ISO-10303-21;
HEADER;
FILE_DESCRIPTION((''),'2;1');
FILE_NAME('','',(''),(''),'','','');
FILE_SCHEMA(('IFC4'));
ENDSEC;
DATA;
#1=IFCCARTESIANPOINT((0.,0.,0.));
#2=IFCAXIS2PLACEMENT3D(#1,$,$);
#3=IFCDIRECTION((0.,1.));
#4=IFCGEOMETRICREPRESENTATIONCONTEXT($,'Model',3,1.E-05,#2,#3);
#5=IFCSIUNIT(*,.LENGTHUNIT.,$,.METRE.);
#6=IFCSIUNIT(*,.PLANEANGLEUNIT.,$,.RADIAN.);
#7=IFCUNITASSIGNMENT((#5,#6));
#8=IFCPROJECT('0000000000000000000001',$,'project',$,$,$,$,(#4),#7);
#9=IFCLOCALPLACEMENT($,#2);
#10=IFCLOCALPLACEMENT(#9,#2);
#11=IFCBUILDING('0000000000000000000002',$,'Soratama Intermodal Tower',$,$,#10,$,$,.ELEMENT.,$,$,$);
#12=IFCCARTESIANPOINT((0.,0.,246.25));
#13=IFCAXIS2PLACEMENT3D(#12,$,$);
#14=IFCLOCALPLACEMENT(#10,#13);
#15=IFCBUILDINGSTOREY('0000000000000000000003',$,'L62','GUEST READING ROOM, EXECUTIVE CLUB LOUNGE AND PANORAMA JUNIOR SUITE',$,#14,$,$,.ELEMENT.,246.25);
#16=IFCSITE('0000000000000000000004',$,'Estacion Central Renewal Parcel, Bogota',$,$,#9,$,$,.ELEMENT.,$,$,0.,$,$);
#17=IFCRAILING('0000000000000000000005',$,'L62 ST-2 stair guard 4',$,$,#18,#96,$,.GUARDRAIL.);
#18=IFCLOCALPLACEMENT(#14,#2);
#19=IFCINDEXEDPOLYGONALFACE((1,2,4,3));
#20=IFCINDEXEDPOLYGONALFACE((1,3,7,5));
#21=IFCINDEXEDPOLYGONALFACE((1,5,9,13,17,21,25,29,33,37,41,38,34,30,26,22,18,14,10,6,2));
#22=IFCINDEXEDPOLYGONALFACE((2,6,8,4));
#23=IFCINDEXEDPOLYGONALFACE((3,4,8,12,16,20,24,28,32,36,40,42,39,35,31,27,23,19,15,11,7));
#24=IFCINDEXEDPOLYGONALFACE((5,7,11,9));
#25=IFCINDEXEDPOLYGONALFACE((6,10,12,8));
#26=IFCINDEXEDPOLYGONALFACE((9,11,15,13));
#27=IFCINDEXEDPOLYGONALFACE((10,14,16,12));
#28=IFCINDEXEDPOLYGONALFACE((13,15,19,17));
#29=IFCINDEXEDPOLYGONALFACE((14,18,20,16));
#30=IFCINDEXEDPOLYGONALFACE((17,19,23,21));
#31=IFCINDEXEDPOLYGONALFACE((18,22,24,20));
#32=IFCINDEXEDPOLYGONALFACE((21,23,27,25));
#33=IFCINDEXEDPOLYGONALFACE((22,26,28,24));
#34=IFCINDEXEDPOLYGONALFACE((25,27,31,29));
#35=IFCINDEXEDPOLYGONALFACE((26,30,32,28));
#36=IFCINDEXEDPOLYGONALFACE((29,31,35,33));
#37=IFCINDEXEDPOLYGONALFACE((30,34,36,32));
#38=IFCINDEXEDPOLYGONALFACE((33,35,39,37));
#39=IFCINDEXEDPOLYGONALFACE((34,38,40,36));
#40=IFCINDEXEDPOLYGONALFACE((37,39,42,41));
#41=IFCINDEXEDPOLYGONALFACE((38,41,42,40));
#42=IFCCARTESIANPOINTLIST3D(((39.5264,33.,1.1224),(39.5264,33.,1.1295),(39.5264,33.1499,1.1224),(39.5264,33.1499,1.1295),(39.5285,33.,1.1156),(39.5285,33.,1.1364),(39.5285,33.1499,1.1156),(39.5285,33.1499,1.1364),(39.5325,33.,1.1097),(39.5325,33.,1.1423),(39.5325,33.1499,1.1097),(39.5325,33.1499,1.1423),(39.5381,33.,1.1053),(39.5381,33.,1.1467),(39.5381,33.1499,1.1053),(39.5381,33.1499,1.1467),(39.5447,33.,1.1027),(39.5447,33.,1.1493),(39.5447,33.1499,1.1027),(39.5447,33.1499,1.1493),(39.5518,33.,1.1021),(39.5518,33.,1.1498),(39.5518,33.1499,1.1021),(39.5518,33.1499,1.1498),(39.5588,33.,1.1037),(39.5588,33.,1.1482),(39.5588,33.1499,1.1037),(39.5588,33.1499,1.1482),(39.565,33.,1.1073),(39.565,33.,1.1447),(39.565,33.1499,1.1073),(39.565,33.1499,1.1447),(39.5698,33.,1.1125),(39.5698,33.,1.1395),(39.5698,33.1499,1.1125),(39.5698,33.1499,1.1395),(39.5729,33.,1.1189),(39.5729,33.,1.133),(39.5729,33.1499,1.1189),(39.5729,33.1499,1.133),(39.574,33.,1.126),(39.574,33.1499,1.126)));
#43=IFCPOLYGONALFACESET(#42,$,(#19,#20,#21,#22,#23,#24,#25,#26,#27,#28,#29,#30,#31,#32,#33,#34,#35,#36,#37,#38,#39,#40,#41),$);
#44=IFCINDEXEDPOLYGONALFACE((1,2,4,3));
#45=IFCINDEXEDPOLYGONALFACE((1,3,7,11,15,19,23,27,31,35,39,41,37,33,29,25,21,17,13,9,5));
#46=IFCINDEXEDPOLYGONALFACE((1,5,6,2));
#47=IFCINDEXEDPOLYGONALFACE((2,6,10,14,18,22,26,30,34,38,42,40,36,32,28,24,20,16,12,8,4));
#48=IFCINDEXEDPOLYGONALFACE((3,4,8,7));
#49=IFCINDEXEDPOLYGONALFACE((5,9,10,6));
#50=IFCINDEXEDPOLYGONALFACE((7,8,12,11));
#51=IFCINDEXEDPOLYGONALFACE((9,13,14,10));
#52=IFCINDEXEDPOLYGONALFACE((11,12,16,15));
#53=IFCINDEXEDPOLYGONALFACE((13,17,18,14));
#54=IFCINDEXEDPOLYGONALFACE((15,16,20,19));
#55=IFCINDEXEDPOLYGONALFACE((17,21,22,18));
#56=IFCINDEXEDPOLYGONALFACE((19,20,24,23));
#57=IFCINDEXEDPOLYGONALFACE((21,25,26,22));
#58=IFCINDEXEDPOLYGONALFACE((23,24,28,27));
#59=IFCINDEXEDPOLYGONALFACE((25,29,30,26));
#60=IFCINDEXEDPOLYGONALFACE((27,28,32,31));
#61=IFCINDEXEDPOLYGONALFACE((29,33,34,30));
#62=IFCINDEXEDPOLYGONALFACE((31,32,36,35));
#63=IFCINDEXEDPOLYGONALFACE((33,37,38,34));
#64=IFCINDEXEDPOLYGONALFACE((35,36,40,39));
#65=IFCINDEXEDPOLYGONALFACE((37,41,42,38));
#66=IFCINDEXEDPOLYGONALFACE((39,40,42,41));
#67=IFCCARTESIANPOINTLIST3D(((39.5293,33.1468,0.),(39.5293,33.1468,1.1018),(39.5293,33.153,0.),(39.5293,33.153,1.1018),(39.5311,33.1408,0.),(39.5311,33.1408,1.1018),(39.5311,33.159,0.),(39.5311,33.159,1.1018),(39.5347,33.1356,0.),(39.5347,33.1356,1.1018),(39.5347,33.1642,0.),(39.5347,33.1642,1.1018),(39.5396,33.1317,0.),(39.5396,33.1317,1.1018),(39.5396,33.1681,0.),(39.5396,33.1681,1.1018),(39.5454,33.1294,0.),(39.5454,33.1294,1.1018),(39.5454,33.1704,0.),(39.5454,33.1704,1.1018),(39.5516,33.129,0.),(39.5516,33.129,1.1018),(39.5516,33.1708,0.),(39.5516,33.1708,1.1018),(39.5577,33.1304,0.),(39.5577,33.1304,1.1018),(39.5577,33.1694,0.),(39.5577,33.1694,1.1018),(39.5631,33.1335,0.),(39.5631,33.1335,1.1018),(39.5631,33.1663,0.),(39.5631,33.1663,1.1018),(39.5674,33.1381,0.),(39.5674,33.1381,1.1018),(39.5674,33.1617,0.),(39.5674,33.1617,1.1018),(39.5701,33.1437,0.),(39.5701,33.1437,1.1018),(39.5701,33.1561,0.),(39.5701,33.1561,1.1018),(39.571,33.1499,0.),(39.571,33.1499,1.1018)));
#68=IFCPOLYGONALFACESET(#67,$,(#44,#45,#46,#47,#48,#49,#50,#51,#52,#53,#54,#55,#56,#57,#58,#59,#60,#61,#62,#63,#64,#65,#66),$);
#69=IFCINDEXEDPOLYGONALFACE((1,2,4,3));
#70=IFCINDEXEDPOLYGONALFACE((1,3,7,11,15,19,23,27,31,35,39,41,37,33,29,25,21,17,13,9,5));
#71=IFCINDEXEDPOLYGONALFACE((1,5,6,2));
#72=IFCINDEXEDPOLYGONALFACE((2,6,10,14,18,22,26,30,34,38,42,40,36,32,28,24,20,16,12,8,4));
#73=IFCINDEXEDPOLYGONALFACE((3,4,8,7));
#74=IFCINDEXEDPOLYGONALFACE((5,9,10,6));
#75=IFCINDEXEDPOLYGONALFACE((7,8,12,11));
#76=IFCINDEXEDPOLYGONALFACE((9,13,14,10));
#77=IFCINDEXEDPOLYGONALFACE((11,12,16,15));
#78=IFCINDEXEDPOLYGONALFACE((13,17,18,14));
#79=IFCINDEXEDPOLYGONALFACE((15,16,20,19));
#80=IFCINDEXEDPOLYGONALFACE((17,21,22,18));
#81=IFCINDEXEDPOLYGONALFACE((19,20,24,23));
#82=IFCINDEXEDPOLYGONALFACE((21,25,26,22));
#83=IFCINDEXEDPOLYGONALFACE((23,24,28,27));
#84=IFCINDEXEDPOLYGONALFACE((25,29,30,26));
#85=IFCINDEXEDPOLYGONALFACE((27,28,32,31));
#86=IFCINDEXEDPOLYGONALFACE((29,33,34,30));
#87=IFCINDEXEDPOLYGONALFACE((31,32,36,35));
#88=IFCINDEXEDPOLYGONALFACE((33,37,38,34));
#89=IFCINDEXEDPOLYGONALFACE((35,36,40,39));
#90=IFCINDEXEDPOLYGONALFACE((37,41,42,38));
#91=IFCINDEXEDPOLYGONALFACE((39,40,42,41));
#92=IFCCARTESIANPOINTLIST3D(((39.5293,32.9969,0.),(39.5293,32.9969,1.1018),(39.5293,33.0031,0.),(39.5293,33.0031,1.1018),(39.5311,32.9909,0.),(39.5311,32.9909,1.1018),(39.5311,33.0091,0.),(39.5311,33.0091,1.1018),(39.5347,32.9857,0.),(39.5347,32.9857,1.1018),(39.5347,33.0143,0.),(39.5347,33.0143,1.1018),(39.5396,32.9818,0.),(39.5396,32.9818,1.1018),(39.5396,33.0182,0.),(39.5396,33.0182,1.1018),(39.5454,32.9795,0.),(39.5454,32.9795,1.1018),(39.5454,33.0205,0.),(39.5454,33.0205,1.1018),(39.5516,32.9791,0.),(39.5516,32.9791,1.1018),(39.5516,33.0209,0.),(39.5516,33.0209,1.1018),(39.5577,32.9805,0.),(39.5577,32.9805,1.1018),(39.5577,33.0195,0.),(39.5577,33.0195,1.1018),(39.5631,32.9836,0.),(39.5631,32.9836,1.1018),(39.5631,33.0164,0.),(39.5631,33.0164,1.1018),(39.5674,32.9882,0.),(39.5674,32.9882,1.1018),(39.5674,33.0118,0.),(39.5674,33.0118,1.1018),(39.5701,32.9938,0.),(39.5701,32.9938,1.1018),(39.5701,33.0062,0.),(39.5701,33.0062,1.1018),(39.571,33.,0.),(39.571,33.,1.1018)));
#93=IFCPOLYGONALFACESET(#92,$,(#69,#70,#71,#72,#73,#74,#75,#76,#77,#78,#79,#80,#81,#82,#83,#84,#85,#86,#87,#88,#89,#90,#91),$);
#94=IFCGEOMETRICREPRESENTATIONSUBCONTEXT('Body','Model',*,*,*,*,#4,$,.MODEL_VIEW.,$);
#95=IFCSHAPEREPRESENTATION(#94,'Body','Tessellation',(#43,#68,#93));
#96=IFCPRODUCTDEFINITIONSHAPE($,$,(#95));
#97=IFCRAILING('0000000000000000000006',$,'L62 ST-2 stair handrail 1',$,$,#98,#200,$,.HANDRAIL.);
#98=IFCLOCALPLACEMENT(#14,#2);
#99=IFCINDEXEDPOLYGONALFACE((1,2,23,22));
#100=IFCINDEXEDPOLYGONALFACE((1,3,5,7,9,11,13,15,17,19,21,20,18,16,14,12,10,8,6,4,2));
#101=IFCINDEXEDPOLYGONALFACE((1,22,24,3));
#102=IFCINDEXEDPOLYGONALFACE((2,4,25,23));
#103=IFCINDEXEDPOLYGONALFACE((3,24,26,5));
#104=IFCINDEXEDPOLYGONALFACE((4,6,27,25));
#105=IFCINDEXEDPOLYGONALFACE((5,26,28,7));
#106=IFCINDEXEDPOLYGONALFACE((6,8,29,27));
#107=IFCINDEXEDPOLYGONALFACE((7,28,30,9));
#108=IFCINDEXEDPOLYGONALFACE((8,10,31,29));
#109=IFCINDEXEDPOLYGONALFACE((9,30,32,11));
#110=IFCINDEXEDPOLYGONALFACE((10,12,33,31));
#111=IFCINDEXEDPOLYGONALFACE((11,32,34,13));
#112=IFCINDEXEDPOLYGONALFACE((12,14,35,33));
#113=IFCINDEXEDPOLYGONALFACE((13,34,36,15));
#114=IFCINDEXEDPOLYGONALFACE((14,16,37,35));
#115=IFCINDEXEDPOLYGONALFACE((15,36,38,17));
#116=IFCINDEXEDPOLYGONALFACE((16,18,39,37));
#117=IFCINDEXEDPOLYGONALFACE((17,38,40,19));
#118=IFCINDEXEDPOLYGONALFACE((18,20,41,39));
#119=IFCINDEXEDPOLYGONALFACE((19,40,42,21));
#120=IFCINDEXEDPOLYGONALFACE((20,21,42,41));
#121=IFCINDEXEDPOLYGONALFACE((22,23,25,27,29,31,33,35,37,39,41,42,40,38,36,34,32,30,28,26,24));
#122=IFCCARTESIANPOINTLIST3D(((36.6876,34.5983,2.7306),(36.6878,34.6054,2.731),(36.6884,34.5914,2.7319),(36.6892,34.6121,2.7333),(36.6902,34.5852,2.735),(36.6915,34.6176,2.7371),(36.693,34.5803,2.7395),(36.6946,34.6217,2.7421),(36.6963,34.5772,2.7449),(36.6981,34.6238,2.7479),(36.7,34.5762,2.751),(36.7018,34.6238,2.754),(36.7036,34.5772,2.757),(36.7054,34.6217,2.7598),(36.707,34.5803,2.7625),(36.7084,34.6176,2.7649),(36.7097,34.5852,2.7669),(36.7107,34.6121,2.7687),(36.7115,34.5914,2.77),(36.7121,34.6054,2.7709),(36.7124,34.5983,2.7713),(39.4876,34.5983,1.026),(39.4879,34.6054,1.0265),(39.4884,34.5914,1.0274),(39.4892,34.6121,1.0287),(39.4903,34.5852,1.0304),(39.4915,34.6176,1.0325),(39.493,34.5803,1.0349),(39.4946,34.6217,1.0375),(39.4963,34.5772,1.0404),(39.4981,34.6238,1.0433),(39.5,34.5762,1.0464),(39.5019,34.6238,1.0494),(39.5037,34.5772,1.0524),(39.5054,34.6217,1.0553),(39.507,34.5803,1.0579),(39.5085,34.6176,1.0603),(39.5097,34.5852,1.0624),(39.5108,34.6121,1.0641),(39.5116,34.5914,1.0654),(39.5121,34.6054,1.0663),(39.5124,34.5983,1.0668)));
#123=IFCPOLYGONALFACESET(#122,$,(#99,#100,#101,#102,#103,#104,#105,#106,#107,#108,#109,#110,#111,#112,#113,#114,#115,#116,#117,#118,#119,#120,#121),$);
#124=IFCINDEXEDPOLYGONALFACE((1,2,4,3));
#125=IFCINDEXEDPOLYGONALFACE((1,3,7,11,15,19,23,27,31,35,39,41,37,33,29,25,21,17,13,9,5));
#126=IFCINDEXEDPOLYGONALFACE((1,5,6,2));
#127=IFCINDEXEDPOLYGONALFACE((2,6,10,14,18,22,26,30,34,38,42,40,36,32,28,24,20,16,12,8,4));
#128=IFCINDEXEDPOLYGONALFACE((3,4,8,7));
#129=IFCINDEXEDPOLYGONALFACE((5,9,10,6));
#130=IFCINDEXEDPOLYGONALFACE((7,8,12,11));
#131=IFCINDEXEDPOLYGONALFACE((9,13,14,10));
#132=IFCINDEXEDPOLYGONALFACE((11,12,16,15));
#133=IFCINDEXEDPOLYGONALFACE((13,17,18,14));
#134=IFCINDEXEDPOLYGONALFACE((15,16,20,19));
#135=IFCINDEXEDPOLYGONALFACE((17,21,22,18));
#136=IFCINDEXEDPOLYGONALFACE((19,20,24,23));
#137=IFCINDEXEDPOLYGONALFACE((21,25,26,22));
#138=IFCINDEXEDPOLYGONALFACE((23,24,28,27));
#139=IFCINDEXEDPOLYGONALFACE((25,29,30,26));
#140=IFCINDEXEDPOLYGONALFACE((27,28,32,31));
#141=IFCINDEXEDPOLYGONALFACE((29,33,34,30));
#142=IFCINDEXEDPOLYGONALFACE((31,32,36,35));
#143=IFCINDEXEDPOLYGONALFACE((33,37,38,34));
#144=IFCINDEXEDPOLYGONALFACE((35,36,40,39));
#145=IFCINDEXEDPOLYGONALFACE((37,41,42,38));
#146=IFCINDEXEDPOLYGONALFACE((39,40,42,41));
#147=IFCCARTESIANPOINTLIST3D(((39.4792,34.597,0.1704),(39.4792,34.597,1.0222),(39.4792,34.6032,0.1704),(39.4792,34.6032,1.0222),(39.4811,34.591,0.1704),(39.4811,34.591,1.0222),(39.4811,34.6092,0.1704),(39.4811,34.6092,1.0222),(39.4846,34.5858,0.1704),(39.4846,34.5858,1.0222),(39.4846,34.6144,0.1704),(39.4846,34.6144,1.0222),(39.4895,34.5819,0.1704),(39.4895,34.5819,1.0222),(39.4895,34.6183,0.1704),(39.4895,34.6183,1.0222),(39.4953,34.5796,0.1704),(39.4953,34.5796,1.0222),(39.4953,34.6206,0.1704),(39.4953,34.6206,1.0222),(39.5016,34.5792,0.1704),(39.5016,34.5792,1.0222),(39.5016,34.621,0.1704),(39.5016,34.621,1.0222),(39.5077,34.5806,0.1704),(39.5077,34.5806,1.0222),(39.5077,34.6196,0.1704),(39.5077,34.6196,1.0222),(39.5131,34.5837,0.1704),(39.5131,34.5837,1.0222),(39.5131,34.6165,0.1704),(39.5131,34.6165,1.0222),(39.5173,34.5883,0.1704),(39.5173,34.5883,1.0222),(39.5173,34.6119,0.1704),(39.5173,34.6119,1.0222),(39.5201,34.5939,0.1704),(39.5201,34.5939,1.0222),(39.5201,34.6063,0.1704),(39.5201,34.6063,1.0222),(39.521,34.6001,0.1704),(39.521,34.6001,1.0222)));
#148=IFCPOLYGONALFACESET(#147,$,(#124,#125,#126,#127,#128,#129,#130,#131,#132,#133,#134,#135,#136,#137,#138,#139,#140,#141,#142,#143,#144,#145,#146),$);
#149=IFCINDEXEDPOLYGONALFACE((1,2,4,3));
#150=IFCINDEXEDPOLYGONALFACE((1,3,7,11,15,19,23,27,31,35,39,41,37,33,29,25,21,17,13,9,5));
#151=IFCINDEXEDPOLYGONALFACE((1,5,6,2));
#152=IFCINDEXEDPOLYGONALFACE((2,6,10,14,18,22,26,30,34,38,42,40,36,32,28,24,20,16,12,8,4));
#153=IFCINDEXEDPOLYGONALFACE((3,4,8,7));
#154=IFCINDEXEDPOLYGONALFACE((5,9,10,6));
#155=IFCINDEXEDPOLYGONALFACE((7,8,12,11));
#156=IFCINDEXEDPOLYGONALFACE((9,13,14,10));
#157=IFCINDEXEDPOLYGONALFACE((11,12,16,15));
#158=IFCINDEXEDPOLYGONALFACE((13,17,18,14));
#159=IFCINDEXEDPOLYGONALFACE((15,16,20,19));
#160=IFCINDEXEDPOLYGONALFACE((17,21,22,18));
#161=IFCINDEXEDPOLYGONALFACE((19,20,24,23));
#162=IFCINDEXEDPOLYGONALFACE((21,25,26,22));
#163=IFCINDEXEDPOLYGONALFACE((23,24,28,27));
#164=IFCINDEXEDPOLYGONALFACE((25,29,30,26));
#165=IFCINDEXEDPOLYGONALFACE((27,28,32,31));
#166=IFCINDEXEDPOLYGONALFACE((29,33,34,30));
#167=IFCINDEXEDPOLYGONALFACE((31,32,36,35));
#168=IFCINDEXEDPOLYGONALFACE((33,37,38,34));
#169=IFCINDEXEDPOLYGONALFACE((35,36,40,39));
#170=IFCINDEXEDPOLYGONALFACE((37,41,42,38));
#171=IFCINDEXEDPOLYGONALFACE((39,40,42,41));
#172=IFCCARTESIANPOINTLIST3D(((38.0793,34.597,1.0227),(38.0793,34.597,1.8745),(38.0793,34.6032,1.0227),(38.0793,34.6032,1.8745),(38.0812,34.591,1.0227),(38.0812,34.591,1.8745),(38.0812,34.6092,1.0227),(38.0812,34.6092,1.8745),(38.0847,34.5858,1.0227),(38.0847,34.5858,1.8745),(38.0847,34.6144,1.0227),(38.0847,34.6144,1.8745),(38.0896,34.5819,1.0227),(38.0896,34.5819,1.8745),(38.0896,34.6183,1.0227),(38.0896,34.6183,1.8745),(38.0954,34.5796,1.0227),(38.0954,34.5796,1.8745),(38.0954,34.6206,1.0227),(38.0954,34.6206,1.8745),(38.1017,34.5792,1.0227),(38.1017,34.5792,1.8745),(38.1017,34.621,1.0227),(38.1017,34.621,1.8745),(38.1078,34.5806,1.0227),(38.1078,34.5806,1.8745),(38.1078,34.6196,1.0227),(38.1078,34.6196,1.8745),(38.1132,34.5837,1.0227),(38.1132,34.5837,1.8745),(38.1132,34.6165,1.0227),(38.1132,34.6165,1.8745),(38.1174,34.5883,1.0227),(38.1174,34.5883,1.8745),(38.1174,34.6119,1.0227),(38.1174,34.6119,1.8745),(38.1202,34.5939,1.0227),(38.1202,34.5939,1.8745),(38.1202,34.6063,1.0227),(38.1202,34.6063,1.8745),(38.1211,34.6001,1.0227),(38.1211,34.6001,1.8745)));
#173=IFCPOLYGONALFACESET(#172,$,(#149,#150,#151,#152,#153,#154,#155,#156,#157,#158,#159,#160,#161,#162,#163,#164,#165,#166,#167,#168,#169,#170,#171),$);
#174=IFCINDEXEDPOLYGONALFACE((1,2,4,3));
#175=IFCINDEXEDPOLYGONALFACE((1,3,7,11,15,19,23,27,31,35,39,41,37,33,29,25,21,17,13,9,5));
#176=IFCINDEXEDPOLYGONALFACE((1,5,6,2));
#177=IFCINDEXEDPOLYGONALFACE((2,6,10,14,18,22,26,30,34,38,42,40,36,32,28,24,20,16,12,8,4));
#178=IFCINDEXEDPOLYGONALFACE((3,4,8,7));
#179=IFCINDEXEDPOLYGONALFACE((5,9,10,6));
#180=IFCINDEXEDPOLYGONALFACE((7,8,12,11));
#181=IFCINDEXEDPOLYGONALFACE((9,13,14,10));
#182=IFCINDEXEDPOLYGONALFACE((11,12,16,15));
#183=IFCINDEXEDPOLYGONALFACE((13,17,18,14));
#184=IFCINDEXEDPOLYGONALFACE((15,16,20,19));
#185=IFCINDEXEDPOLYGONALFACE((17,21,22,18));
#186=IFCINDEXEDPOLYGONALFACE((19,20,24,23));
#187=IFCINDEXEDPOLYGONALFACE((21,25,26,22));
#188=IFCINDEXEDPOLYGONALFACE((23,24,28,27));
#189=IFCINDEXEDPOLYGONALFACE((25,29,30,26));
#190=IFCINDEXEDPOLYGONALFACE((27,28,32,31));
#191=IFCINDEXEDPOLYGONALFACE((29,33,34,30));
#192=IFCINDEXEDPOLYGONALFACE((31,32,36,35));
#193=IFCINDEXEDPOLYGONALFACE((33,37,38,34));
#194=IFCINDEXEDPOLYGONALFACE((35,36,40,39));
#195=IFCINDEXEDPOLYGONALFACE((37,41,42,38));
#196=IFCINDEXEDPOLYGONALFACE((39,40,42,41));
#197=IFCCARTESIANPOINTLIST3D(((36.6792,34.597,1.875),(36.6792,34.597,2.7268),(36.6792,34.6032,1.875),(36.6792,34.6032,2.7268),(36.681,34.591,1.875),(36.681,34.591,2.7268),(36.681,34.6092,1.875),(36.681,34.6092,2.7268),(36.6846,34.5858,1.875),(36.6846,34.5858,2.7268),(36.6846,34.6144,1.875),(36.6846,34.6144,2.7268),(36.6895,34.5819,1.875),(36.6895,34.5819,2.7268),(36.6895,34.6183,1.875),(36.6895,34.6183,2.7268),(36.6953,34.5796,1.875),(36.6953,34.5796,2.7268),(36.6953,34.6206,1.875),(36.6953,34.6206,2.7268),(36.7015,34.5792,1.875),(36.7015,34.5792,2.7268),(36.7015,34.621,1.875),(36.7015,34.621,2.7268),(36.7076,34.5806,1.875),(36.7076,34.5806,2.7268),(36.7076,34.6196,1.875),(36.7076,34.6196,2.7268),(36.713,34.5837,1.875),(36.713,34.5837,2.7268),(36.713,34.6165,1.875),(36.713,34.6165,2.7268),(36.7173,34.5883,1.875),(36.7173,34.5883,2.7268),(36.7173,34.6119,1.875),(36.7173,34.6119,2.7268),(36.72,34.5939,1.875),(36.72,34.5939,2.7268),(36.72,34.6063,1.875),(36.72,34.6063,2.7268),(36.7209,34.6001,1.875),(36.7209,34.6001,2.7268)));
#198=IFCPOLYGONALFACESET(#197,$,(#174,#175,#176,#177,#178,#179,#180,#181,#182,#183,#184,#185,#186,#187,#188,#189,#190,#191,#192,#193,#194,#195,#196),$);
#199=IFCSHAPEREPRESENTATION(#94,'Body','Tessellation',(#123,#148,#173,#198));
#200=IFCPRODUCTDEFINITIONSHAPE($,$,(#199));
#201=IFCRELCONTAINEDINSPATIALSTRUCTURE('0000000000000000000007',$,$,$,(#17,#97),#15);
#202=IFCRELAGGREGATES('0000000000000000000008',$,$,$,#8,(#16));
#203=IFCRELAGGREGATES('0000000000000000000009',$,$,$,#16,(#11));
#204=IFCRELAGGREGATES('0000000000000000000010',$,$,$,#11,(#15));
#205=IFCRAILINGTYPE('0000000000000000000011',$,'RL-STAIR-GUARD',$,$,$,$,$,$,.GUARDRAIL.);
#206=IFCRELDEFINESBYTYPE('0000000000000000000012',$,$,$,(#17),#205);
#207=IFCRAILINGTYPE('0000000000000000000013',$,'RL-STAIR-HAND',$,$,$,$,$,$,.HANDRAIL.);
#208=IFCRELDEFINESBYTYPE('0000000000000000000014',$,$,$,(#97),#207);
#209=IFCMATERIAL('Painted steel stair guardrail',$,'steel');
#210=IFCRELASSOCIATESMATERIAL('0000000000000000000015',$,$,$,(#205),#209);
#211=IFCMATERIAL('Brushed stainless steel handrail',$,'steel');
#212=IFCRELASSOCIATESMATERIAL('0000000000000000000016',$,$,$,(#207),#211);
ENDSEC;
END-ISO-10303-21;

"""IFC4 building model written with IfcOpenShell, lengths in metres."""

from ifc_helpers import new_model, si_unit, direction, frame, origin, origin_2d, place, context, subcontext, project, spatial, circle, extrude, material, type_object, element, save


model = new_model("IFC4")

# Units and contexts
model_context = context("Model", 3, precision=1e-05, world=origin(), true_north=direction((0.0, 1.0)))
body_context = subcontext(model_context, "Body", "Model", "MODEL_VIEW")
ifc_project = project(units=[si_unit("LENGTHUNIT", "METRE"), si_unit("PLANEANGLEUNIT", "RADIAN")], contexts=[model_context])

# Site, building, storey
site_placement = place(None, origin())
site = spatial("IfcSite", under=ifc_project, at=site_placement, Name="Estacion Central Renewal Parcel, Bogota", CompositionType="ELEMENT", RefElevation=0.0)
building_placement = place(site_placement, origin())
building = spatial("IfcBuilding", under=site, at=building_placement, Name="Soratama Intermodal Tower", CompositionType="ELEMENT")
storey_placement = place(building_placement, frame((0.0, 0.0, 246.25)))
storey = spatial("IfcBuildingStorey", under=building, at=storey_placement, Name="L62", Description="GUEST READING ROOM, EXECUTIVE CLUB LOUNGE AND PANORAMA JUNIOR SUITE", CompositionType="ELEMENT", Elevation=246.25)

# Railings
ifc_material_1 = material(Name="Painted steel stair guardrail", Category="steel")
railing_type_1 = type_object("IfcRailingType", Name="RL-STAIR-GUARD", PredefinedType="GUARDRAIL", material=ifc_material_1)
railing_1_placement = place(storey_placement, frame((39.55, 33.1499, 0.0)))
element("IfcRailing", 1, at=railing_1_placement, inside=storey, type_object=railing_type_1, Name="L62 ST-2 stair guard 4", PredefinedType="GUARDRAIL", context=body_context, shape_type="SweptSolid", body=[
    extrude(circle(Radius=0.0239, at=origin_2d()), frame((0.0, 0.0, 1.126), z_axis=(0.0, -1.0, 0.0), x_axis=(1.0, 0.0, 0.0)), (0.0, 0.0, 1.0), 0.1499),
    extrude(circle(Radius=0.021, at=origin_2d()), origin(), (0.0, 0.0, 1.0), 1.1018),
    extrude(circle(Radius=0.021, at=origin_2d()), frame((0.0, -0.1499, 0.0)), (0.0, 0.0, 1.0), 1.1018),
])
ifc_material_2 = material(Name="Brushed stainless steel handrail", Category="steel")
railing_type_2 = type_object("IfcRailingType", Name="RL-STAIR-HAND", PredefinedType="HANDRAIL", material=ifc_material_2)
railing_2_placement = place(storey_placement, frame((39.5, 34.6001, 0.1704)))
element("IfcRailing", 2, at=railing_2_placement, inside=storey, type_object=railing_type_2, Name="L62 ST-2 stair handrail 1", PredefinedType="HANDRAIL", context=body_context, shape_type="SweptSolid", body=[
    extrude(circle(Radius=0.0239, at=origin_2d()), frame((0.0, 0.0, 0.876), z_axis=(-0.85417, 0.0, 0.519994), x_axis=(0.0, -1.0, 0.0)), (0.0, 0.0, 1.0), 3.2781),
    extrude(circle(Radius=0.021, at=origin_2d()), origin(), (0.0, 0.0, 1.0), 0.8518),
    extrude(circle(Radius=0.021, at=origin_2d()), frame((-1.3999, 0.0, 0.8523)), (0.0, 0.0, 1.0), 0.8518),
    extrude(circle(Radius=0.021, at=origin_2d()), frame((-2.8, 0.0, 1.7046)), (0.0, 0.0, 1.0), 0.8518),
])

save(model, "model.ifc")
